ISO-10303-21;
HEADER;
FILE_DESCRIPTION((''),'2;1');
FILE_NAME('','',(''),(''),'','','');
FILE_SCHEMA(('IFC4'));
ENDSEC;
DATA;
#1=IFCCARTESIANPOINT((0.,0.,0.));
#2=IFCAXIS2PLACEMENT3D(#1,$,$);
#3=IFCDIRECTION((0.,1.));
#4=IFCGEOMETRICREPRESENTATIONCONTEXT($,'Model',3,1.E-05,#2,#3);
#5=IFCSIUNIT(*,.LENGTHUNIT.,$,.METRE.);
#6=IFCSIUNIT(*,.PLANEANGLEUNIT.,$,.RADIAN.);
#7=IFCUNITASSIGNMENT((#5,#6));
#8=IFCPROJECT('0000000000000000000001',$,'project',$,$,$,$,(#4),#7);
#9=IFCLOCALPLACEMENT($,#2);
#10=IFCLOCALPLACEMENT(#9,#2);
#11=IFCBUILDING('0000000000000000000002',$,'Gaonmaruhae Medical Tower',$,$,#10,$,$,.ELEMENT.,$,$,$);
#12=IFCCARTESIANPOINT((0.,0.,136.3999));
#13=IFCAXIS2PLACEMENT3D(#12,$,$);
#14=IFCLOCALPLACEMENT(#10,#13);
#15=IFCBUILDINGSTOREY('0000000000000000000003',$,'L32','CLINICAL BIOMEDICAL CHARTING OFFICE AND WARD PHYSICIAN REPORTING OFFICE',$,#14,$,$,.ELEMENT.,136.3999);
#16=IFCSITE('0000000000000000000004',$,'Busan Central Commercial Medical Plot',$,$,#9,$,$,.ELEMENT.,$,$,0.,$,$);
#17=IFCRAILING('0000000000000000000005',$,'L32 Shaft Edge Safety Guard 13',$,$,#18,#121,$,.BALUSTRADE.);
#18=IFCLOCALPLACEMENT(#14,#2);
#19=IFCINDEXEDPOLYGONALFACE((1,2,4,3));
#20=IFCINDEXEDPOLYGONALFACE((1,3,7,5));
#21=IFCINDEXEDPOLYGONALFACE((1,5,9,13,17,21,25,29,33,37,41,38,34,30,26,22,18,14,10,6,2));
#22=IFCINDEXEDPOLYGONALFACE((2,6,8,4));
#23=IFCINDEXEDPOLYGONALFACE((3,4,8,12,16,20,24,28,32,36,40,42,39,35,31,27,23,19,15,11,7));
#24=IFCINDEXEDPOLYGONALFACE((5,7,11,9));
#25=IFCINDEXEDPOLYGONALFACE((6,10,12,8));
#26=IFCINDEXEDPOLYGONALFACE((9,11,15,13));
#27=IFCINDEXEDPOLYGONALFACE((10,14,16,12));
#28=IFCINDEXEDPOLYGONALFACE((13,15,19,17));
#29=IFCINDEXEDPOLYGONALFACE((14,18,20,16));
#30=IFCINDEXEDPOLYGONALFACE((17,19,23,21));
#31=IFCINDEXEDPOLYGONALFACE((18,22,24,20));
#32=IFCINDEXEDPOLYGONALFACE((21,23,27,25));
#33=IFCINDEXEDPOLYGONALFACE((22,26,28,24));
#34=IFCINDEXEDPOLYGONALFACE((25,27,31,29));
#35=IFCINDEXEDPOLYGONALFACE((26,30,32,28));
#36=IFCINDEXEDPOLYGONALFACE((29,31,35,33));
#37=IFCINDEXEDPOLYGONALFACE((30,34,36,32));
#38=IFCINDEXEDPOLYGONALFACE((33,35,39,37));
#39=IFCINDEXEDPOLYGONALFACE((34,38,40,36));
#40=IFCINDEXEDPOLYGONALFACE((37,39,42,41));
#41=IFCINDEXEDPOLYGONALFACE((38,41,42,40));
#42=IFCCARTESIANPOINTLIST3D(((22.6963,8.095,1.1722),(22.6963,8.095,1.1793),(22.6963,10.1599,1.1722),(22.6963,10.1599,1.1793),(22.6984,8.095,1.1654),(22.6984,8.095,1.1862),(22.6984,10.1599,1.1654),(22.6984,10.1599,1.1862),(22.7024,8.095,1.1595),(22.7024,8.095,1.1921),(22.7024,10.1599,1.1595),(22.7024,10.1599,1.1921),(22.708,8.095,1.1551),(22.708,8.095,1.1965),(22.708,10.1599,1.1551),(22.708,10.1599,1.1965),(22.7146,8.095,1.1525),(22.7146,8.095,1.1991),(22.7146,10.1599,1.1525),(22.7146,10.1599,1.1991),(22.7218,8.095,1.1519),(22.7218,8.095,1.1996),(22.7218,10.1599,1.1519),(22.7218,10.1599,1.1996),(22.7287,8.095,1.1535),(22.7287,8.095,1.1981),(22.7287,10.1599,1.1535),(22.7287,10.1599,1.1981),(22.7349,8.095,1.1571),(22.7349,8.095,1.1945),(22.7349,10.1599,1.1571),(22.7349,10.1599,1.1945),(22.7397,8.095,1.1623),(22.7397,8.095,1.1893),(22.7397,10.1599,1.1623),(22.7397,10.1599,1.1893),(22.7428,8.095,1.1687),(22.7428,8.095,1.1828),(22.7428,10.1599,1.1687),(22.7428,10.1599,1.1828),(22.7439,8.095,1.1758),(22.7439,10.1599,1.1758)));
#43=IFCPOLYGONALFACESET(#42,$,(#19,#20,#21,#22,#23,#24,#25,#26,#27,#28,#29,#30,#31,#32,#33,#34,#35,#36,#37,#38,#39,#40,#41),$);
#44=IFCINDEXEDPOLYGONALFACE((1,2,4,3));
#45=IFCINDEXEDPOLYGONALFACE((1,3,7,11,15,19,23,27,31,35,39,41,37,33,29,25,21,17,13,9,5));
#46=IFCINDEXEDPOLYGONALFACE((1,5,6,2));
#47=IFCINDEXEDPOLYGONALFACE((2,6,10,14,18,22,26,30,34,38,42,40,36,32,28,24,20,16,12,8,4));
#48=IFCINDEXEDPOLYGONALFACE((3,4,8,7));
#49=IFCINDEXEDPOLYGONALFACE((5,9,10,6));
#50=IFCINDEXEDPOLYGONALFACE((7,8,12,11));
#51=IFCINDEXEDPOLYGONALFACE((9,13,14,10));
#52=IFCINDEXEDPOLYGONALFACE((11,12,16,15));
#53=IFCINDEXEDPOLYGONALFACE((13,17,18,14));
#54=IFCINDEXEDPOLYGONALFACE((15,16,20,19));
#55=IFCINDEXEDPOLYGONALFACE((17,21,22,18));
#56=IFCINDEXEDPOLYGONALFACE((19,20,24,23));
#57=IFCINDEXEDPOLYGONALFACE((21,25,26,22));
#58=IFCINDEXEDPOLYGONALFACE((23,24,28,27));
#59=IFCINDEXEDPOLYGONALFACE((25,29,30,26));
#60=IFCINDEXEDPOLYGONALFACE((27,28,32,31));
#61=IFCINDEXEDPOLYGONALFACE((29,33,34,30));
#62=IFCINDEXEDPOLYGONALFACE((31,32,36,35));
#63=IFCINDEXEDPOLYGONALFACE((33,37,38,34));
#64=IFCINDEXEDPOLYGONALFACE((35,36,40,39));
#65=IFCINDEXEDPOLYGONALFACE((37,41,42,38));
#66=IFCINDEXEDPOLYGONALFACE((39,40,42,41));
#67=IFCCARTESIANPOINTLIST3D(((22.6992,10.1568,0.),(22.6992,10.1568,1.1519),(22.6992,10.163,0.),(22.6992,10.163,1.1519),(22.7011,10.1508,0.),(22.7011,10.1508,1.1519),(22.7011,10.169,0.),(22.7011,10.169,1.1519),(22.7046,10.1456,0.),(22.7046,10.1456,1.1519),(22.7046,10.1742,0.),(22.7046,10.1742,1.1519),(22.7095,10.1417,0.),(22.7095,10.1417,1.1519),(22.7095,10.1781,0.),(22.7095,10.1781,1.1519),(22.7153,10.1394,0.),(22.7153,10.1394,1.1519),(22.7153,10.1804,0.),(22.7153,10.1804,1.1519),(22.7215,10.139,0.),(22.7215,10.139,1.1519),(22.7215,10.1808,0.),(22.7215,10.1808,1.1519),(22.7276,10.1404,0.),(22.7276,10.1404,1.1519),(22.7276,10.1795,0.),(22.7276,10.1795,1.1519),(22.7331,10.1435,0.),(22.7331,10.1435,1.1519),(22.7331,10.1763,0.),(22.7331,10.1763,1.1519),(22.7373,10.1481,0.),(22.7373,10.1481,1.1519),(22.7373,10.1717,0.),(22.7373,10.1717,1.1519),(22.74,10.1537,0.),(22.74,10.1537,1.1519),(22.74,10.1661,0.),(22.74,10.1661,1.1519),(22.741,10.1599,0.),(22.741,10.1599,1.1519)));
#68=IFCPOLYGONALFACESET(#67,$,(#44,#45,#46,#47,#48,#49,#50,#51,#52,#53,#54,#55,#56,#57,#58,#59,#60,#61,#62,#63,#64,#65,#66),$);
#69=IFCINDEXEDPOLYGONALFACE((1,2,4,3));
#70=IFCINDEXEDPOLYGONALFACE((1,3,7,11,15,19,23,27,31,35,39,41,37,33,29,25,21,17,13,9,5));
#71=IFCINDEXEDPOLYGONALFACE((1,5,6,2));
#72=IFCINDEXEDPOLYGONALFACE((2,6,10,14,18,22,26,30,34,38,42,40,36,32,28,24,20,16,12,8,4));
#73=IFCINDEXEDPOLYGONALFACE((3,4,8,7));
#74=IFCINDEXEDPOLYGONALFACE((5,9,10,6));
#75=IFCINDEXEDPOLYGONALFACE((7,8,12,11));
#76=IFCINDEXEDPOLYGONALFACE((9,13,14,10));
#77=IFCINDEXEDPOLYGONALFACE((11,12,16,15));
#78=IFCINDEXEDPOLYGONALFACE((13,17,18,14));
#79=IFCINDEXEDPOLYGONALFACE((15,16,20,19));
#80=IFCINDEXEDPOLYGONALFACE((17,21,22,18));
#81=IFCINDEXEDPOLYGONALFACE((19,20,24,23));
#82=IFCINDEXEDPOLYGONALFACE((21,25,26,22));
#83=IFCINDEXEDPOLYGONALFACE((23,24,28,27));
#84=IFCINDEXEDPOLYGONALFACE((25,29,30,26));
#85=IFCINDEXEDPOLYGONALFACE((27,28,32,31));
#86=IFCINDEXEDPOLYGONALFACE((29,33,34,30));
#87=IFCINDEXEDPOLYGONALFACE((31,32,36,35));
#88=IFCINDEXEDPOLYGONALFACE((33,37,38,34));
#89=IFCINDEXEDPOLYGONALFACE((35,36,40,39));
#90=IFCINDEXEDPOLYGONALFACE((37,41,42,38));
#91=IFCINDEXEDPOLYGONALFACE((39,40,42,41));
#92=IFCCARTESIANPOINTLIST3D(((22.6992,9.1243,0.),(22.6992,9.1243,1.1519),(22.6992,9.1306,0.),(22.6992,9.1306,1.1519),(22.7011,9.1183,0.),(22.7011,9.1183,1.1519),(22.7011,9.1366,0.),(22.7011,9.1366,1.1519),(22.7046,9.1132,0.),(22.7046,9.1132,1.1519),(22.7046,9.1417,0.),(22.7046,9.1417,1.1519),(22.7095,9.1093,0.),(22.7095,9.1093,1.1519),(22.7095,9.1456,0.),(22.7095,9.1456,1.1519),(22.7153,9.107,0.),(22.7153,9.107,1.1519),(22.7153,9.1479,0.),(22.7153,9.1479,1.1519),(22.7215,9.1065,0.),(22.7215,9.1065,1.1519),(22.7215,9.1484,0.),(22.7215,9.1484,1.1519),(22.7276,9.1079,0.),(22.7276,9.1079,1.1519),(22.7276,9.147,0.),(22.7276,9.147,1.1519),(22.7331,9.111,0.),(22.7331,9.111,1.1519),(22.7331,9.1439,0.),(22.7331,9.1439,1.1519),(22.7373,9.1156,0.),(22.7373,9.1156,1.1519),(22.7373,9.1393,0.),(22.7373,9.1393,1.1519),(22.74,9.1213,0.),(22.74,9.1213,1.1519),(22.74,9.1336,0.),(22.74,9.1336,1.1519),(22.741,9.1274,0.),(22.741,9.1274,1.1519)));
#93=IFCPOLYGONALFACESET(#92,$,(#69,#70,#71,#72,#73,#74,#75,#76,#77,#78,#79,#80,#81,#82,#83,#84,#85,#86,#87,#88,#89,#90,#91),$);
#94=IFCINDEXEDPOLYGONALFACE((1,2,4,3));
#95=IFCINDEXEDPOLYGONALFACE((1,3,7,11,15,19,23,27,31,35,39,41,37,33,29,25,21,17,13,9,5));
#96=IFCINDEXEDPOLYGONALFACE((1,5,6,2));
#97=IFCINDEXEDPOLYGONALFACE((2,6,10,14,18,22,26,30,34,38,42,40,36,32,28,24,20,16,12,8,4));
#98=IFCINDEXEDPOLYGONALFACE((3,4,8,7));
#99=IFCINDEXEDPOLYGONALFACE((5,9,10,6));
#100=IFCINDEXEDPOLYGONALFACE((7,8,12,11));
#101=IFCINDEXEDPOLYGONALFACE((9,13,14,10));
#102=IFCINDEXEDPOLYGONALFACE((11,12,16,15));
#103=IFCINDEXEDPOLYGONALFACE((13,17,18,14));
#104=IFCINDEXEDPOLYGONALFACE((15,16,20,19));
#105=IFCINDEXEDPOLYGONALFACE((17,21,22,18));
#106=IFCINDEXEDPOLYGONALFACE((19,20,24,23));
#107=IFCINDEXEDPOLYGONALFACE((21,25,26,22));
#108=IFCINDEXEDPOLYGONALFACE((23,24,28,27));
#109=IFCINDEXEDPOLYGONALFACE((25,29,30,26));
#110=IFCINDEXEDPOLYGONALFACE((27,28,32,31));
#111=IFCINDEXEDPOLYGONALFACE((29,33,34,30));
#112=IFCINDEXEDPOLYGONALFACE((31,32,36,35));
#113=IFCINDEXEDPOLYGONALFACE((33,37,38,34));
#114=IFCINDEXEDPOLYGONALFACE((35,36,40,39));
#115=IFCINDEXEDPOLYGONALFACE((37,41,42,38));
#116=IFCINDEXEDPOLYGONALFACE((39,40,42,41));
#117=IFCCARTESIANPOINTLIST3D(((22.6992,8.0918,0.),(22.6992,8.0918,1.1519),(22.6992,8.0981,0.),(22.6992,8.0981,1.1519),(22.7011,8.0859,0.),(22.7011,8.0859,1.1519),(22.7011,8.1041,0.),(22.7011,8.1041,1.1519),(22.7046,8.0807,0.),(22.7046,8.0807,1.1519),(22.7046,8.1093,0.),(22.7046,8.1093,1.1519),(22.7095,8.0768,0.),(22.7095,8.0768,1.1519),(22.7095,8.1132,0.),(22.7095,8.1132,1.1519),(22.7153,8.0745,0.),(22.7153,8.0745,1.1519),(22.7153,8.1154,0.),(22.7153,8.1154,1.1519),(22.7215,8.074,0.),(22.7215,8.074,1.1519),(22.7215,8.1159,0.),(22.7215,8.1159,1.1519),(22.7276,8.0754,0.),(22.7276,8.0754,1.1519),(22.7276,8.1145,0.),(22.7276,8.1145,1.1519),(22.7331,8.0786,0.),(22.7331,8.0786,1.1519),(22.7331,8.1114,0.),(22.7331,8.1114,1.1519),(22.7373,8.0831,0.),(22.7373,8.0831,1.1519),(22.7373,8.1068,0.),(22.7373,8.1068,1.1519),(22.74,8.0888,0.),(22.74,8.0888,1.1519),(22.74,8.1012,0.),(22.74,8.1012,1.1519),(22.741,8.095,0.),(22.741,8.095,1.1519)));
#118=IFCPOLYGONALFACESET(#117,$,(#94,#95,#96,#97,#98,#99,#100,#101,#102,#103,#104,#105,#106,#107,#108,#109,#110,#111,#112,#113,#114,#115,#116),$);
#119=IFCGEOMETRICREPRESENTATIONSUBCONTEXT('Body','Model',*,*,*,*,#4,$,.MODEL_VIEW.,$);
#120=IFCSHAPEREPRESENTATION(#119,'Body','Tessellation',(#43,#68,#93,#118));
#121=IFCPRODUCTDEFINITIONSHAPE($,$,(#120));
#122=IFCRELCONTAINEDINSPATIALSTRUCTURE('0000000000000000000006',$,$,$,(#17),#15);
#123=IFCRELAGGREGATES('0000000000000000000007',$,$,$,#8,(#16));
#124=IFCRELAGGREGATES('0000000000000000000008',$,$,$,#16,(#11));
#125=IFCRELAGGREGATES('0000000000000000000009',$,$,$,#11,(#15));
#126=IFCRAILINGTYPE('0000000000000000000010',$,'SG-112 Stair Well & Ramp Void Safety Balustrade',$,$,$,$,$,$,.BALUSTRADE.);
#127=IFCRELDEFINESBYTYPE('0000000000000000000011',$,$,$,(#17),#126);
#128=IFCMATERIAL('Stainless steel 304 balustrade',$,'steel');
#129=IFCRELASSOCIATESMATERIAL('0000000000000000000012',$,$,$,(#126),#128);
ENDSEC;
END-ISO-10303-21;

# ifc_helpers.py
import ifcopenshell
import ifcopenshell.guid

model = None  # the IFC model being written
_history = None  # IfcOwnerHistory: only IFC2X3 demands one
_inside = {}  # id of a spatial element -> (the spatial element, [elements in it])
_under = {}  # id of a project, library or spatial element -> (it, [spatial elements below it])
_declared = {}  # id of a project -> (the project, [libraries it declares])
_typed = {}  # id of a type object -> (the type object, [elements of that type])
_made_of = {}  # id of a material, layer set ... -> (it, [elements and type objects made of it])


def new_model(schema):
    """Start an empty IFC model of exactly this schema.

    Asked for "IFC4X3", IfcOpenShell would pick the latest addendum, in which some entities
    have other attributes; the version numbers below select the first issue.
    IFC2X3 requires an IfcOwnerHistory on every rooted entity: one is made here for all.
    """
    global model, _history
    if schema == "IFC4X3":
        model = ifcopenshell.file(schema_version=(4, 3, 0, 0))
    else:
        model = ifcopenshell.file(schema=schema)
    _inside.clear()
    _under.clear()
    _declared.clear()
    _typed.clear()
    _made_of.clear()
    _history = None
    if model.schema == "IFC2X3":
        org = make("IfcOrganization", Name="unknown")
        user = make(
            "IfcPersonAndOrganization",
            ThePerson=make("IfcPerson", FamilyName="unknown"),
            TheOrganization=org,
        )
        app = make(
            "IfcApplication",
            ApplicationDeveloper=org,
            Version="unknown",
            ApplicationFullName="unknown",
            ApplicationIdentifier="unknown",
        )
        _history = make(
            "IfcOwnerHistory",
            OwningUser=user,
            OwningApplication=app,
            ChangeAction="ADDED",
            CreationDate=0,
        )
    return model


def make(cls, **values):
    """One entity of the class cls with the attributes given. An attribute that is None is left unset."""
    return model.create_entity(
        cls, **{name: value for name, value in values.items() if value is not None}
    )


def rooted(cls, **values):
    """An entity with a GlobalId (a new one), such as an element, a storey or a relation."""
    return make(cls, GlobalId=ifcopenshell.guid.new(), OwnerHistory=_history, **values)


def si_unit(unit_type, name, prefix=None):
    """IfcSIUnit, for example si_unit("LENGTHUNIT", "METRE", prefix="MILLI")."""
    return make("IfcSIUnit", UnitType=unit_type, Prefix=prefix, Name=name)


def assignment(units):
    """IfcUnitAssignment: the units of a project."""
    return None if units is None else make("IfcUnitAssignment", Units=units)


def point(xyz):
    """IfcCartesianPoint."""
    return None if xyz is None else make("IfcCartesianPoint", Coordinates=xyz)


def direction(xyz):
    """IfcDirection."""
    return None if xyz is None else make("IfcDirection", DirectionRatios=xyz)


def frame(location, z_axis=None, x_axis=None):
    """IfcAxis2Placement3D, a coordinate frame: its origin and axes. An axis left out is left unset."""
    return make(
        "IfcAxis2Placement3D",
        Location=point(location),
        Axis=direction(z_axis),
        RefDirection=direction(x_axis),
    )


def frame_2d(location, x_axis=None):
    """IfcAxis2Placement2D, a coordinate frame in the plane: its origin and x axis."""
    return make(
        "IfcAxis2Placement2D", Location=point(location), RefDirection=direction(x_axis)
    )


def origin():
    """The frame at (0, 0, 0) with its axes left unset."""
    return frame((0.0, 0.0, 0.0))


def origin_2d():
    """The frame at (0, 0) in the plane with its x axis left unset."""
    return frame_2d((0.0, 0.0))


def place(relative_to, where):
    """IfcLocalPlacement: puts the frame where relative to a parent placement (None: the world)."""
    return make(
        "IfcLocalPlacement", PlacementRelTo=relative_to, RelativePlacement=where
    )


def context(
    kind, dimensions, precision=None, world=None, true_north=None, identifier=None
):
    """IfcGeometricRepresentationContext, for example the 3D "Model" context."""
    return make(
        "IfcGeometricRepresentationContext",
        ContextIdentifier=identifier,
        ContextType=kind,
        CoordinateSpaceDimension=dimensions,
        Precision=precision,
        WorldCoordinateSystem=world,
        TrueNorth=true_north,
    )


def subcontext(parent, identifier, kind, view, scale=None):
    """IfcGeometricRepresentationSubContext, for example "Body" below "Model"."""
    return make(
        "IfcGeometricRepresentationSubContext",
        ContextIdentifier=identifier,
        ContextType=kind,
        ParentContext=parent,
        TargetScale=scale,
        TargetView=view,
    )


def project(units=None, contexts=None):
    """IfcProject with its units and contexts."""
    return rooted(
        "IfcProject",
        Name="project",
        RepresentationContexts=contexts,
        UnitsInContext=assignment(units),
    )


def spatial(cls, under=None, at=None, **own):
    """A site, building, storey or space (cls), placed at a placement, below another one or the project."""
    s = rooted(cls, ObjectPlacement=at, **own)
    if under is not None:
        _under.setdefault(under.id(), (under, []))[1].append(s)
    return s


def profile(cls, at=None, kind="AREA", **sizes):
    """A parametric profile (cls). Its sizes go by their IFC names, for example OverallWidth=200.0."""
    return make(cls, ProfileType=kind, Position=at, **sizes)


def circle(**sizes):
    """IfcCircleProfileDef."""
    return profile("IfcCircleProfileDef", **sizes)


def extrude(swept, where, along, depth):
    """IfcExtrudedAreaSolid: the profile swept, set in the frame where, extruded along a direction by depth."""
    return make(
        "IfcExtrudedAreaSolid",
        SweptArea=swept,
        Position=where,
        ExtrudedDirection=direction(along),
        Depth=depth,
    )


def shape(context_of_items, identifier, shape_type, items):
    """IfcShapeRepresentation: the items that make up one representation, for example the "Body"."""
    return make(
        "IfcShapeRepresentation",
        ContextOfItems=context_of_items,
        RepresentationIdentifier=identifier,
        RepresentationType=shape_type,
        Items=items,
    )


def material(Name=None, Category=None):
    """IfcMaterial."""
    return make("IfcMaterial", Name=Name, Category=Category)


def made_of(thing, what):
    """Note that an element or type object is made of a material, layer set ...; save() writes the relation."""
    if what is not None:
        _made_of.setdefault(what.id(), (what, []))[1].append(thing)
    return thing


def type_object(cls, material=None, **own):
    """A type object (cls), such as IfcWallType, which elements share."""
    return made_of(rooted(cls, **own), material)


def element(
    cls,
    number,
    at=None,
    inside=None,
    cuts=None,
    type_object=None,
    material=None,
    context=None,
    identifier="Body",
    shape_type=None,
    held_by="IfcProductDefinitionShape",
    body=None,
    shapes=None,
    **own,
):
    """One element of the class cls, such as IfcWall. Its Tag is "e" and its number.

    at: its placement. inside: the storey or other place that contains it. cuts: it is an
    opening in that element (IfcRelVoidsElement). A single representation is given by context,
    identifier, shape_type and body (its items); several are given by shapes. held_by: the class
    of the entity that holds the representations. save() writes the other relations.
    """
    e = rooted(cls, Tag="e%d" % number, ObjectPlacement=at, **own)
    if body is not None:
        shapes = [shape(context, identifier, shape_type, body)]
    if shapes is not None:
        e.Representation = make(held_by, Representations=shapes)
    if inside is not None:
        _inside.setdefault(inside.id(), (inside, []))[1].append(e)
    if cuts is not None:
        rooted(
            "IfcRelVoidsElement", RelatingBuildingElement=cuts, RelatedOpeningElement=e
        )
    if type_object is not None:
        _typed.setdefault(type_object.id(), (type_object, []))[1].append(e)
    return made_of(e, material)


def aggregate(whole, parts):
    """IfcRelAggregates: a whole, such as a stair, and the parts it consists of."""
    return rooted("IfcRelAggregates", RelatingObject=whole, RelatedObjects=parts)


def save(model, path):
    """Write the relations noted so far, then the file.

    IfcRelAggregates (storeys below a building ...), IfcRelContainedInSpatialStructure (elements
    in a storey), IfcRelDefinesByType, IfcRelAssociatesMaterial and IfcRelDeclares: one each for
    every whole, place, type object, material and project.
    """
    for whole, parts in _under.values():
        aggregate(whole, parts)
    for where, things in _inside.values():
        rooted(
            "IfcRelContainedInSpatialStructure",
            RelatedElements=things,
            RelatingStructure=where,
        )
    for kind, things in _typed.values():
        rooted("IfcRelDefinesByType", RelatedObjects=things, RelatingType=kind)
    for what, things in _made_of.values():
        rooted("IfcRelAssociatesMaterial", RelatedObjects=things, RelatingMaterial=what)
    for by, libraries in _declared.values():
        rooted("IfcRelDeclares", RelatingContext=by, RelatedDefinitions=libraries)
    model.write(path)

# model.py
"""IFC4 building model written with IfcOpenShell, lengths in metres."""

from ifc_helpers import new_model, si_unit, direction, frame, origin, origin_2d, place, context, subcontext, project, spatial, circle, extrude, material, type_object, element, save


model = new_model("IFC4")

# Units and contexts
model_context = context("Model", 3, precision=1e-05, world=origin(), true_north=direction((0.0, 1.0)))
body_context = subcontext(model_context, "Body", "Model", "MODEL_VIEW")
ifc_project = project(units=[si_unit("LENGTHUNIT", "METRE"), si_unit("PLANEANGLEUNIT", "RADIAN")], contexts=[model_context])

# Site, building, storey
site_placement = place(None, origin())
site = spatial("IfcSite", under=ifc_project, at=site_placement, Name="Busan Central Commercial Medical Plot", CompositionType="ELEMENT", RefElevation=0.0)
building_placement = place(site_placement, origin())
building = spatial("IfcBuilding", under=site, at=building_placement, Name="Gaonmaruhae Medical Tower", CompositionType="ELEMENT")
storey_placement = place(building_placement, frame((0.0, 0.0, 136.3999)))
storey = spatial("IfcBuildingStorey", under=building, at=storey_placement, Name="L32", Description="CLINICAL BIOMEDICAL CHARTING OFFICE AND WARD PHYSICIAN REPORTING OFFICE", CompositionType="ELEMENT", Elevation=136.3999)

# Railing
ifc_material_1 = material(Name="Stainless steel 304 balustrade", Category="steel")
railing_type_1 = type_object("IfcRailingType", Name="SG-112 Stair Well & Ramp Void Safety Balustrade", PredefinedType="BALUSTRADE", material=ifc_material_1)
railing_1_placement = place(storey_placement, frame((22.72, 10.1599, 0.0)))
element("IfcRailing", 1, at=railing_1_placement, inside=storey, type_object=railing_type_1, Name="L32 Shaft Edge Safety Guard 13", PredefinedType="BALUSTRADE", context=body_context, shape_type="SweptSolid", body=[
    extrude(circle(Radius=0.0239, at=origin_2d()), frame((0.0, 0.0, 1.1758), z_axis=(0.0, -1.0, 0.0), x_axis=(1.0, 0.0, 0.0)), (0.0, 0.0, 1.0), 2.0649),
    extrude(circle(Radius=0.021, at=origin_2d()), origin(), (0.0, 0.0, 1.0), 1.1519),
    extrude(circle(Radius=0.021, at=origin_2d()), frame((0.0, -1.0325, 0.0)), (0.0, 0.0, 1.0), 1.1519),
    extrude(circle(Radius=0.021, at=origin_2d()), frame((0.0, -2.0649, 0.0)), (0.0, 0.0, 1.0), 1.1519),
])

save(model, "model.ifc")
